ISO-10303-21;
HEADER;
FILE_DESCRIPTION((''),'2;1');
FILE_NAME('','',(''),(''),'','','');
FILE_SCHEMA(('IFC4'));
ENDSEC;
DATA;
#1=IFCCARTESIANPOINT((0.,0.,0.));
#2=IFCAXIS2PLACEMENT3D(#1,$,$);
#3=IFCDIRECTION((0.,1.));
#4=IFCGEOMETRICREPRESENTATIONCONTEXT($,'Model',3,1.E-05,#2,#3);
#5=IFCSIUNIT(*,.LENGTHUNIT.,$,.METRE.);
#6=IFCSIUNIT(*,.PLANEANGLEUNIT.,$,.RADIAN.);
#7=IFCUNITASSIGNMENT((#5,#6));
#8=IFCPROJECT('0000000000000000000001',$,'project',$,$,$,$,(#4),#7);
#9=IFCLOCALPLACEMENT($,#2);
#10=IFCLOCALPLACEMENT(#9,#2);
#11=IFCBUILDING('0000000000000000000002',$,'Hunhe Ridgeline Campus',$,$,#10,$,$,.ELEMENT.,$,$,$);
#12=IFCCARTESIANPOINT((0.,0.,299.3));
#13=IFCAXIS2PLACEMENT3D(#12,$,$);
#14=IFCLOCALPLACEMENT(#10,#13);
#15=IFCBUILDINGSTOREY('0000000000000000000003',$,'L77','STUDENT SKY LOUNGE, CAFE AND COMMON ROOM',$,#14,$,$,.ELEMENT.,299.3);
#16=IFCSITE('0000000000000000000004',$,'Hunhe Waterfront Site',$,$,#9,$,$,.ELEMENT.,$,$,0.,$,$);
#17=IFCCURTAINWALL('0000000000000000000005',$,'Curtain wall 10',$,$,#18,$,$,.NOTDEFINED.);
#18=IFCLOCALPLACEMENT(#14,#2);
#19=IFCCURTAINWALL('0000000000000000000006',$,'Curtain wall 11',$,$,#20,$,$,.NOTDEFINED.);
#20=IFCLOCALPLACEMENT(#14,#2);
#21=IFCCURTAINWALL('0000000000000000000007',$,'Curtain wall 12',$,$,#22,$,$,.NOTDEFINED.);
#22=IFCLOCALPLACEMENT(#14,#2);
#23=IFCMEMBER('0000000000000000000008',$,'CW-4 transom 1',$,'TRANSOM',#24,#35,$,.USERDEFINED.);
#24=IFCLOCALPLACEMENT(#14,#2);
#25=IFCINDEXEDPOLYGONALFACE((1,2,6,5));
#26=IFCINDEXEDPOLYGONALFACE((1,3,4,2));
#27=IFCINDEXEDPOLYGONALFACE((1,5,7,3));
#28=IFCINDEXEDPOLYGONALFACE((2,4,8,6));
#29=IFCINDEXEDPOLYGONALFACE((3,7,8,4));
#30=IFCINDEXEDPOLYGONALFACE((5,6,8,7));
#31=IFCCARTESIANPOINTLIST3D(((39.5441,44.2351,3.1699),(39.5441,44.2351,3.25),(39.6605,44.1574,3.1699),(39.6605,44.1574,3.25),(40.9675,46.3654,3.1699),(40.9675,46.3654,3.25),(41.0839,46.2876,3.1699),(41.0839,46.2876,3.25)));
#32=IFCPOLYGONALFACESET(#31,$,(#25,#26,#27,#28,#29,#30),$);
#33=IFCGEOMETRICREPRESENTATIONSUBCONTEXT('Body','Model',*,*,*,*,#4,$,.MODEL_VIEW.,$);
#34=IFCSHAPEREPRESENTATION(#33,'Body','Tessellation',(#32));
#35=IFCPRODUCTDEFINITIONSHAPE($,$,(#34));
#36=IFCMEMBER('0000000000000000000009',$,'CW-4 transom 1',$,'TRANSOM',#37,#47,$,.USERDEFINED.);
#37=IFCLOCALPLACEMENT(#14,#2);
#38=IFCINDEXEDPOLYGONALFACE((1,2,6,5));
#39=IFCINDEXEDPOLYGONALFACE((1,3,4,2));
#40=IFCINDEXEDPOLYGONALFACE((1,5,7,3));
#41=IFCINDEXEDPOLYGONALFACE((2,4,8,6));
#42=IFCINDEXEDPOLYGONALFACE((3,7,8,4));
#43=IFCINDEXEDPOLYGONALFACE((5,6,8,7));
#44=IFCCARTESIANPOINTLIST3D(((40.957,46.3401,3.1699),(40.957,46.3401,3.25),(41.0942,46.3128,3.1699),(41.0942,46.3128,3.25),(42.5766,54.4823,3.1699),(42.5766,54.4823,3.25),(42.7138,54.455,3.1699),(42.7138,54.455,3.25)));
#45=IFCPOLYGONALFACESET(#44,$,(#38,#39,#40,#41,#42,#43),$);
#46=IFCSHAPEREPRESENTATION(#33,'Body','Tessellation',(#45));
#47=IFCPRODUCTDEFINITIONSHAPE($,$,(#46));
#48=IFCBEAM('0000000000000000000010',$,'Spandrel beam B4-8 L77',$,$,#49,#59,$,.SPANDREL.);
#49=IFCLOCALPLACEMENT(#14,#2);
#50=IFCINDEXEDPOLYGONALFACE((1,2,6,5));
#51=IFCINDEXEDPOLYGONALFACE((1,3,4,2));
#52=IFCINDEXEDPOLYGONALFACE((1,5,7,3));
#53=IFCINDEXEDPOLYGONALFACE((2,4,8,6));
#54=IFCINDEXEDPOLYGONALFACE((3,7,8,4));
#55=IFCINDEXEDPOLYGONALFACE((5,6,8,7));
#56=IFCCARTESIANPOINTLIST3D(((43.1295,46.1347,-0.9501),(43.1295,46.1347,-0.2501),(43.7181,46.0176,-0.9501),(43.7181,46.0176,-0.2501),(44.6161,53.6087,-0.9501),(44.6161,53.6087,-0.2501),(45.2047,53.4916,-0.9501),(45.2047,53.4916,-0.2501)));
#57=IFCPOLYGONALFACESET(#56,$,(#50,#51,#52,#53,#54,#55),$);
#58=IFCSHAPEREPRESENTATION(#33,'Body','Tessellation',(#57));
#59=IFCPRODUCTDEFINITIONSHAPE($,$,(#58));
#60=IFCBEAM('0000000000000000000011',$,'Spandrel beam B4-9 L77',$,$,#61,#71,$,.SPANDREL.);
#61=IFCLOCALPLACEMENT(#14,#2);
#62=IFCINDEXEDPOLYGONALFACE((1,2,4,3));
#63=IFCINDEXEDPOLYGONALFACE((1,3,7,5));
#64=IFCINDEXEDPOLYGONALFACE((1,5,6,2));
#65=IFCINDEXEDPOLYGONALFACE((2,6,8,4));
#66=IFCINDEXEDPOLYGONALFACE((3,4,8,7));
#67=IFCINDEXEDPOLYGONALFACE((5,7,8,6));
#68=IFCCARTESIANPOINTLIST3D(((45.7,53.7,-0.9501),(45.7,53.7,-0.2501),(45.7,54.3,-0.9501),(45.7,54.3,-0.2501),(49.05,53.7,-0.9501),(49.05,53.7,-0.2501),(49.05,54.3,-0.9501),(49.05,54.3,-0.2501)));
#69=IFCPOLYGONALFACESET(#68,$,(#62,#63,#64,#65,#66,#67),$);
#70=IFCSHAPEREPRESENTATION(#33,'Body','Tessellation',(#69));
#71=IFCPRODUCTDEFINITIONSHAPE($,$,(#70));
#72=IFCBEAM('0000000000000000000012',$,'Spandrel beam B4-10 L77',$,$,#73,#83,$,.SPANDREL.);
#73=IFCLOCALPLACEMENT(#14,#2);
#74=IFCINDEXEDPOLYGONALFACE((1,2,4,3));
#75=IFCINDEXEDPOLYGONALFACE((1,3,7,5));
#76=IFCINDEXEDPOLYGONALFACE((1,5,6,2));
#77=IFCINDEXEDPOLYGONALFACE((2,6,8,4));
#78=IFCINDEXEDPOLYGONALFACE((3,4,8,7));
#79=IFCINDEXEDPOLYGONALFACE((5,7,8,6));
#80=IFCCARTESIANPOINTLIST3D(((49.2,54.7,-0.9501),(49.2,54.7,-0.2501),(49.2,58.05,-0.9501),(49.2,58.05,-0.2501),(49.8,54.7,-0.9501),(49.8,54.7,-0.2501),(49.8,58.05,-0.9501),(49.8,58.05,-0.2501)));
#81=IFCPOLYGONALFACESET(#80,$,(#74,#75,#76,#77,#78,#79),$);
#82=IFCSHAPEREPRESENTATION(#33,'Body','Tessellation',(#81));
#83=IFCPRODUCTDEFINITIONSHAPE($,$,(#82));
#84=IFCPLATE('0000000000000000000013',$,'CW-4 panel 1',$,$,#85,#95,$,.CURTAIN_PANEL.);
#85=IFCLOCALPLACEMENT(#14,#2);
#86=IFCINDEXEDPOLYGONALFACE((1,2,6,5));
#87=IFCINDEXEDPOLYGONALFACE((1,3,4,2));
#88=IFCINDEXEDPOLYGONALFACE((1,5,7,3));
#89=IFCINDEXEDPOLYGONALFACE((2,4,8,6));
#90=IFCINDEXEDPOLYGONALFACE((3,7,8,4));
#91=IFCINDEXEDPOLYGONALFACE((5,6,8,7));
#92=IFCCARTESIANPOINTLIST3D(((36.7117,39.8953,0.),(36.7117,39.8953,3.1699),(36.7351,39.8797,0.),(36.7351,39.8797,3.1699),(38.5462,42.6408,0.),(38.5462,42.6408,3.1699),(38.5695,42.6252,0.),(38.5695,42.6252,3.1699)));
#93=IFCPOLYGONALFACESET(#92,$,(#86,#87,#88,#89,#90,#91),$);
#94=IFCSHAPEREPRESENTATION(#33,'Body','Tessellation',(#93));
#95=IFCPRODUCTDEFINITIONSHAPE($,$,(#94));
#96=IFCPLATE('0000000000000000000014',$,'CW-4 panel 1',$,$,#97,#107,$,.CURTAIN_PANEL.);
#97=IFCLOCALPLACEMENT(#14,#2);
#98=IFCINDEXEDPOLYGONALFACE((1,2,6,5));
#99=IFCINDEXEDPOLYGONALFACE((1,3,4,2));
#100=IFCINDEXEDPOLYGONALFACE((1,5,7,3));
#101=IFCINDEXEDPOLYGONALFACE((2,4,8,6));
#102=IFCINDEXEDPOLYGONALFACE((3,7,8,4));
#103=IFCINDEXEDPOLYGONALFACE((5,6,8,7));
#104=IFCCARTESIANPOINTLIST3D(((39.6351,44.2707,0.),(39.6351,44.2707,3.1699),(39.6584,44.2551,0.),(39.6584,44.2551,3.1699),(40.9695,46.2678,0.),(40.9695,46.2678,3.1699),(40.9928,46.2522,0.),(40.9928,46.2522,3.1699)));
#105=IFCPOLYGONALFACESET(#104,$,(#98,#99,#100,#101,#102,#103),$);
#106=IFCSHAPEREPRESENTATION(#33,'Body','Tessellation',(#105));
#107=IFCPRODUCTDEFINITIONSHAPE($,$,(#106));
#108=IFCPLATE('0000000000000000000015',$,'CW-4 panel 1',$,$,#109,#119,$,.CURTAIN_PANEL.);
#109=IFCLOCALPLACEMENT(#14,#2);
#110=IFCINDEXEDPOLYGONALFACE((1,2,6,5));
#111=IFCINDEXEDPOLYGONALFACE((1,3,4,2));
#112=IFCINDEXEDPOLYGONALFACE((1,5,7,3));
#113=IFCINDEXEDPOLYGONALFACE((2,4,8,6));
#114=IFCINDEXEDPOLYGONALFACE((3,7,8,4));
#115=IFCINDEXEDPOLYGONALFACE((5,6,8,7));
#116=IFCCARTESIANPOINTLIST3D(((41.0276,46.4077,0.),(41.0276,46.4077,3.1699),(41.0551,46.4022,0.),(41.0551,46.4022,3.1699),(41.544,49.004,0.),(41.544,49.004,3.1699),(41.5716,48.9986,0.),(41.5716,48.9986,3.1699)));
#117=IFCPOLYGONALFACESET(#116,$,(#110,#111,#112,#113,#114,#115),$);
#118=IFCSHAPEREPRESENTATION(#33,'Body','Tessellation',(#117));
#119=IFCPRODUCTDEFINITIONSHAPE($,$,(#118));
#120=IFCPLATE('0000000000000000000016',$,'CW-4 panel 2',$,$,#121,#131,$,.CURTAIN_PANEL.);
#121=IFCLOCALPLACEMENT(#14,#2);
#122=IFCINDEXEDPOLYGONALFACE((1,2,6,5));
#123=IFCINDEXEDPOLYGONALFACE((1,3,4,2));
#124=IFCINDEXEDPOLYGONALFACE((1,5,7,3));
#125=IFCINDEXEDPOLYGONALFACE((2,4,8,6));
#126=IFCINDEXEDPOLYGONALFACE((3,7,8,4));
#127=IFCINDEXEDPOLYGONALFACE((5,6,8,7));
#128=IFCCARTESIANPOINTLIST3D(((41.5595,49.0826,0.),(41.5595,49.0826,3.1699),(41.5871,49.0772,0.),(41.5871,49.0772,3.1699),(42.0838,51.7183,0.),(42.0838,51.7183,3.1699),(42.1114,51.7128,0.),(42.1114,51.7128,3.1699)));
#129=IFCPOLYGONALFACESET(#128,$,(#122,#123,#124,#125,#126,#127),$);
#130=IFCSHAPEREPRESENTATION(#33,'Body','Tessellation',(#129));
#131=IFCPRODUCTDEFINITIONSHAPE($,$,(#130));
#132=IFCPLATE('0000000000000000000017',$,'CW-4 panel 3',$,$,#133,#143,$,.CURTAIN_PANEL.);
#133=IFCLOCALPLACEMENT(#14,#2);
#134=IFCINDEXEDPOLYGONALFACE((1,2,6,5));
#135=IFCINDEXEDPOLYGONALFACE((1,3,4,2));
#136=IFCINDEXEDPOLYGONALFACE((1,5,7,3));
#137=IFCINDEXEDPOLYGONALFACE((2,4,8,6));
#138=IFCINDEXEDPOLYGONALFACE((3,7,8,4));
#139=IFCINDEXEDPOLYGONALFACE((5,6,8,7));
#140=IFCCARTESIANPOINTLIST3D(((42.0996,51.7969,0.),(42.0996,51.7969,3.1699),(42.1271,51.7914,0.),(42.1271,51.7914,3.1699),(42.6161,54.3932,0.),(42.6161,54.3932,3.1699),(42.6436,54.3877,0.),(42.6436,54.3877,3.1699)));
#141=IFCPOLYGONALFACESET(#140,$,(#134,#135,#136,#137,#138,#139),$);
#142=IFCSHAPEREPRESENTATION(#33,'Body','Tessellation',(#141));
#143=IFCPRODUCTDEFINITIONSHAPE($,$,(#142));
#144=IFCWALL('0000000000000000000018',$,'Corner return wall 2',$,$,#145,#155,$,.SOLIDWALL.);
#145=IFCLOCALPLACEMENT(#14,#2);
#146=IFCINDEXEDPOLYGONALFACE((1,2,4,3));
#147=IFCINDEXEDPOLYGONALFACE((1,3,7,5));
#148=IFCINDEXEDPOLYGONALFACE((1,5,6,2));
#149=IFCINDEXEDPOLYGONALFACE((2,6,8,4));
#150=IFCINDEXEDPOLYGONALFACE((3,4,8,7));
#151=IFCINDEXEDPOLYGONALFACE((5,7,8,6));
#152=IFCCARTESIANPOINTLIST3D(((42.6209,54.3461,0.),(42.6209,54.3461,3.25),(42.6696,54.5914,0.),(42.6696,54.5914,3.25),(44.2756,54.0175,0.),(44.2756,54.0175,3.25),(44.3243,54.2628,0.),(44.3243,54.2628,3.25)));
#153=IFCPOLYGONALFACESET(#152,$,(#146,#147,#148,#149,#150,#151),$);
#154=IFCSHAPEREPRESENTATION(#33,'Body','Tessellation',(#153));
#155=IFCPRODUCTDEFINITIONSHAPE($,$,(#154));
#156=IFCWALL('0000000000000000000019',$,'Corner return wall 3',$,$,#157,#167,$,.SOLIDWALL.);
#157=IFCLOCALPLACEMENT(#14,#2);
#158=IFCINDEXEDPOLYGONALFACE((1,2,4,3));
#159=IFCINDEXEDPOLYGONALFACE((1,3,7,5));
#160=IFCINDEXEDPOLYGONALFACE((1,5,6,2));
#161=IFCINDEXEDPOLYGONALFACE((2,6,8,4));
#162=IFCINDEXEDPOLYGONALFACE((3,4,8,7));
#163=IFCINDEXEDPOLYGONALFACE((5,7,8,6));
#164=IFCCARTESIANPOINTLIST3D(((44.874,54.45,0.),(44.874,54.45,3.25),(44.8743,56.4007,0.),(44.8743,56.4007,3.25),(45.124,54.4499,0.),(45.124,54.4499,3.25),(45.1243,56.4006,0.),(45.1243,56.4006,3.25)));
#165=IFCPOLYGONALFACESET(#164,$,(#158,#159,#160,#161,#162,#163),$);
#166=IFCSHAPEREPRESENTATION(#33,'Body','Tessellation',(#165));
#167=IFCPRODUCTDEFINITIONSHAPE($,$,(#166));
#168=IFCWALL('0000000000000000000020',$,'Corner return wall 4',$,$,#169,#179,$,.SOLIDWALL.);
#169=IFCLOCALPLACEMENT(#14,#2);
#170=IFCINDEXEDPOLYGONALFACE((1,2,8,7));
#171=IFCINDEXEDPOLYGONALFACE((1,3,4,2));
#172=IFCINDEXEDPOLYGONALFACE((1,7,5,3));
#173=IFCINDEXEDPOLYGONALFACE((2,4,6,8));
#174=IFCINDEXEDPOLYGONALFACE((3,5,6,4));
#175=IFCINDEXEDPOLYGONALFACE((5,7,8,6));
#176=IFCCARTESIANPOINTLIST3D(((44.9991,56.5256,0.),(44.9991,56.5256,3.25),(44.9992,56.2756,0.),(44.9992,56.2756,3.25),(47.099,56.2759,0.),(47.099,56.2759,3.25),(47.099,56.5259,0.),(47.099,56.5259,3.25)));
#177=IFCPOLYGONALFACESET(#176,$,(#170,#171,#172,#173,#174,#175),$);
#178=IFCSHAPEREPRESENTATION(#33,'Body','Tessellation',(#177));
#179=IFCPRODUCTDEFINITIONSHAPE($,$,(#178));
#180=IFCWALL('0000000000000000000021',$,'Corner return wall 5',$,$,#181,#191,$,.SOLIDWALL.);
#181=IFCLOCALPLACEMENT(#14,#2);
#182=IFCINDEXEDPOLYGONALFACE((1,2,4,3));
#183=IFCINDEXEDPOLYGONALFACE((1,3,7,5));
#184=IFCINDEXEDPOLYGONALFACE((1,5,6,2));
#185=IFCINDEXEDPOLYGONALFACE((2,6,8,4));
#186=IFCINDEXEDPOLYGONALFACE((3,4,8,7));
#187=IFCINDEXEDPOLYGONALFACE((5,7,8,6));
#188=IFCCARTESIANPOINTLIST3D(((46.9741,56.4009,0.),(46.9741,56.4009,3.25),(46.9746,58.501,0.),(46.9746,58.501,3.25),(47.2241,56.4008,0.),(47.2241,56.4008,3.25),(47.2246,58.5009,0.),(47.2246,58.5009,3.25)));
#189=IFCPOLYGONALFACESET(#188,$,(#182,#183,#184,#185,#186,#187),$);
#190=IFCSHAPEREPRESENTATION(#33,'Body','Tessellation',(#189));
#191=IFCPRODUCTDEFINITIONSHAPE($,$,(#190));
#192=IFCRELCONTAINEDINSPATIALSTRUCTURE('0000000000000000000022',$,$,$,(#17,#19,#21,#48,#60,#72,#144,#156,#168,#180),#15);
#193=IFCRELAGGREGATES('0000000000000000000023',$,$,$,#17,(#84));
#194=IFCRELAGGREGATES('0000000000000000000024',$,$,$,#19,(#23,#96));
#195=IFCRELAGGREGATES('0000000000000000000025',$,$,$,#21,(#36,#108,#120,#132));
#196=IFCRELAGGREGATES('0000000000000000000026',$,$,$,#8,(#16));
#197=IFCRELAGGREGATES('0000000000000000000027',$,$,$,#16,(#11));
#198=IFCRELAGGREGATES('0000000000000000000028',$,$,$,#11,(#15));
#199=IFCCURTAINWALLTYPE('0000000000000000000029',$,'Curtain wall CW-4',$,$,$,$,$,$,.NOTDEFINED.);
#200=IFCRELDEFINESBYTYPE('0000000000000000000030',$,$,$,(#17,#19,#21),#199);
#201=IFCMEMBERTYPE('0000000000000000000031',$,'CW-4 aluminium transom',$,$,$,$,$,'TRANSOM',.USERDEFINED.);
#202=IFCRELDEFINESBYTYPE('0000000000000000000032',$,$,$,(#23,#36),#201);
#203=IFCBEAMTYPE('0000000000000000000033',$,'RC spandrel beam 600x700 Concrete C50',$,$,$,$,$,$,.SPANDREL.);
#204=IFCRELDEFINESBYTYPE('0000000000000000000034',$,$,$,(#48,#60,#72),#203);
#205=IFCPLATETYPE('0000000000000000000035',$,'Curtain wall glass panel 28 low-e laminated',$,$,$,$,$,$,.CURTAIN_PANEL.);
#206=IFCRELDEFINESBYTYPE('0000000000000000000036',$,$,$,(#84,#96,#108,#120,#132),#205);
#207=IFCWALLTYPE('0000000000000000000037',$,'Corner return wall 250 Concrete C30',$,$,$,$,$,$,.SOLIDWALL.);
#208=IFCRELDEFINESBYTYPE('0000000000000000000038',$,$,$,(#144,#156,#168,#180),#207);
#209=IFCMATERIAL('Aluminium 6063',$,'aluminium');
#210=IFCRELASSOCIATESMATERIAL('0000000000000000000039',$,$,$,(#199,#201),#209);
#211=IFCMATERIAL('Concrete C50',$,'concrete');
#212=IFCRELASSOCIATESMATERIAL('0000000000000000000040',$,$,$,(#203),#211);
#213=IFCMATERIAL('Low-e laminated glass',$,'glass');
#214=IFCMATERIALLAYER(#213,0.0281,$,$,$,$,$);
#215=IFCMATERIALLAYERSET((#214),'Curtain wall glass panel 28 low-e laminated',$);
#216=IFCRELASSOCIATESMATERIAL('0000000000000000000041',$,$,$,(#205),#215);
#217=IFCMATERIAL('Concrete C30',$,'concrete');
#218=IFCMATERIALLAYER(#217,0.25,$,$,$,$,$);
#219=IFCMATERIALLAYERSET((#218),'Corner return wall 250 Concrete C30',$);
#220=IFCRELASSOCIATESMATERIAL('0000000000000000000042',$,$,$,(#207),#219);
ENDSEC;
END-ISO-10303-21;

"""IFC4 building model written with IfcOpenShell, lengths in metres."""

from ifc_helpers import new_model, si_unit, direction, frame, frame_2d, origin, origin_2d, place, context, subcontext, project, spatial, rectangle, extrude, material, layer, layer_set, material_profile, profile_set, type_object, element, aggregate, save


model = new_model("IFC4")

# Units and contexts
model_context = context("Model", 3, precision=1e-05, world=origin(), true_north=direction((0.0, 1.0)))
body_context = subcontext(model_context, "Body", "Model", "MODEL_VIEW")
ifc_project = project(units=[si_unit("LENGTHUNIT", "METRE"), si_unit("PLANEANGLEUNIT", "RADIAN")], contexts=[model_context])

# Site, building, storey
site_placement = place(None, origin())
site = spatial("IfcSite", under=ifc_project, at=site_placement, Name="Hunhe Waterfront Site", CompositionType="ELEMENT", RefElevation=0.0)
building_placement = place(site_placement, origin())
building = spatial("IfcBuilding", under=site, at=building_placement, Name="Hunhe Ridgeline Campus", CompositionType="ELEMENT")
storey_placement = place(building_placement, frame((0.0, 0.0, 299.3)))
storey = spatial("IfcBuildingStorey", under=building, at=storey_placement, Name="L77", Description="STUDENT SKY LOUNGE, CAFE AND COMMON ROOM", CompositionType="ELEMENT", Elevation=299.3)

# Shared definitions
ifc_material_1 = material(Name="Concrete C50", Category="concrete")

# Curtain walls
ifc_material_2 = material(Name="Aluminium 6063", Category="aluminium")
curtain_wall_type = type_object("IfcCurtainWallType", Name="Curtain wall CW-4", PredefinedType="NOTDEFINED", material=ifc_material_2)
curtain_wall_1_placement = place(storey_placement, origin())
curtain_wall_1 = element("IfcCurtainWall", 1, at=curtain_wall_1_placement, inside=storey, type_object=curtain_wall_type, Name="Curtain wall 10", PredefinedType="NOTDEFINED")
curtain_wall_2_placement = place(storey_placement, origin())
curtain_wall_2 = element("IfcCurtainWall", 2, at=curtain_wall_2_placement, inside=storey, type_object=curtain_wall_type, Name="Curtain wall 11", PredefinedType="NOTDEFINED")
curtain_wall_3_placement = place(storey_placement, origin())
curtain_wall_3 = element("IfcCurtainWall", 3, at=curtain_wall_3_placement, inside=storey, type_object=curtain_wall_type, Name="Curtain wall 12", PredefinedType="NOTDEFINED")

# Members
ifc_material_profile_1 = material_profile(ifc_material_2, rectangle(XDim=0.1399, YDim=0.0801, at=origin_2d()))
ifc_profile_set_1 = profile_set([ifc_material_profile_1], Name="Aluminium 6063")
member_type_1 = type_object("IfcMemberType", Name="CW-4 aluminium transom", ElementType="TRANSOM", PredefinedType="USERDEFINED", material=ifc_profile_set_1)
member_1_placement = place(storey_placement, frame((39.6023, 44.1963, 3.21), z_axis=(0.55558, 0.831463, 0.0), x_axis=(-0.831463, 0.55558, 0.0)))
member_1 = element("IfcMember", 4, at=member_1_placement, type_object=member_type_1, Name="CW-4 transom 1", ObjectType="TRANSOM", PredefinedType="USERDEFINED", context=body_context, shape_type="SweptSolid", body=[
    extrude(rectangle(XDim=0.1399, YDim=0.0801, at=origin_2d()), origin(), (0.0, 0.0, 1.0), 2.562),
])
member_2_placement = place(storey_placement, frame((41.0256, 46.3264, 3.21), z_axis=(0.195092, 0.980785, 0.0), x_axis=(-0.980785, 0.195092, 0.0)))
member_2 = element("IfcMember", 5, at=member_2_placement, type_object=member_type_1, Name="CW-4 transom 1", ObjectType="TRANSOM", PredefinedType="USERDEFINED", context=body_context, shape_type="SweptSolid", body=[
    extrude(rectangle(XDim=0.1399, YDim=0.0801, at=origin_2d()), origin(), (0.0, 0.0, 1.0), 8.3018),
])

# Beams
ifc_material_profile_2 = material_profile(ifc_material_1, rectangle(XDim=0.6001, YDim=0.7, at=origin_2d()))
ifc_profile_set_2 = profile_set([ifc_material_profile_2], Name="Concrete C50")
beam_type = type_object("IfcBeamType", Name="RC spandrel beam 600x700 Concrete C50", PredefinedType="SPANDREL", material=ifc_profile_set_2)
beam_placement = place(storey_placement, frame((43.4238, 46.0762, -0.6001), z_axis=(0.195081, 0.980787, 0.0), x_axis=(-0.980787, 0.195081, 0.0)))
element("IfcBeam", 6, at=beam_placement, inside=storey, type_object=beam_type, Name="Spandrel beam B4-8 L77", PredefinedType="SPANDREL", context=body_context, shape_type="SweptSolid", body=[
    extrude(rectangle(XDim=0.6001, YDim=0.7, at=origin_2d()), origin(), (0.0, 0.0, 1.0), 7.6204),
])
for number, where, z_axis, x_axis, name in (
    (7, (45.7, 54.0, -0.6001), (1.0, 0.0, 0.0), (0.0, 1.0, 0.0), "Spandrel beam B4-9 L77"),
    (8, (49.5, 54.7, -0.6001), (0.0, 1.0, 0.0), (-1.0, 0.0, 0.0), "Spandrel beam B4-10 L77"),
):
    element("IfcBeam", number, at=place(storey_placement, frame(where, z_axis=z_axis, x_axis=x_axis)), inside=storey, type_object=beam_type, Name=name, PredefinedType="SPANDREL", context=body_context, shape_type="SweptSolid", body=[
        extrude(rectangle(XDim=0.6001, YDim=0.7, at=origin_2d()), origin(), (0.0, 0.0, 1.0), 3.3501),
    ])

# Plates
ifc_material_3 = material(Name="Low-e laminated glass", Category="glass")
ifc_layer_1 = layer(ifc_material_3, 0.0281)
ifc_layer_set_1 = layer_set([ifc_layer_1], Name="Curtain wall glass panel 28 low-e laminated")
plate_type = type_object("IfcPlateType", Name="Curtain wall glass panel 28 low-e laminated", PredefinedType="CURTAIN_PANEL", material=ifc_layer_set_1)
plate_1_placement = place(storey_placement, frame((37.6406, 41.2603, 0.0), z_axis=(0.0, 0.0, 1.0), x_axis=(0.55557, 0.83147, 0.0)))
plate_1 = element("IfcPlate", 9, at=plate_1_placement, type_object=plate_type, Name="CW-4 panel 1", PredefinedType="CURTAIN_PANEL", context=body_context, shape_type="SweptSolid", body=[
    extrude(rectangle(XDim=3.302, YDim=0.0281, at=origin_2d()), origin(), (0.0, 0.0, 1.0), 3.1699),
])
aggregate(curtain_wall_1, [plate_1])
plate_2_placement = place(storey_placement, frame((40.314, 45.2615, 0.0), z_axis=(0.0, 0.0, 1.0), x_axis=(0.55557, 0.83147, 0.0)))
plate_2 = element("IfcPlate", 10, at=plate_2_placement, type_object=plate_type, Name="CW-4 panel 1", PredefinedType="CURTAIN_PANEL", context=body_context, shape_type="SweptSolid", body=[
    extrude(rectangle(XDim=2.4019, YDim=0.0281, at=origin_2d()), origin(), (0.0, 0.0, 1.0), 3.1699),
])
aggregate(curtain_wall_2, [member_1, plate_2])
plate_3_placement = place(storey_placement, frame((41.2996, 47.7031, 0.0), z_axis=(0.0, 0.0, 1.0), x_axis=(0.195104, 0.980783, 0.0)))
plate_3 = element("IfcPlate", 11, at=plate_3_placement, type_object=plate_type, Name="CW-4 panel 1", PredefinedType="CURTAIN_PANEL", context=body_context, shape_type="SweptSolid", body=[
    extrude(rectangle(XDim=2.6472, YDim=0.0281, at=origin_2d()), origin(), (0.0, 0.0, 1.0), 3.1699),
])
plate_4_placement = place(storey_placement, frame((41.8354, 50.3977, 0.0), z_axis=(0.0, 0.0, 1.0), x_axis=(0.195104, 0.980783, 0.0)))
plate_4 = element("IfcPlate", 12, at=plate_4_placement, type_object=plate_type, Name="CW-4 panel 2", PredefinedType="CURTAIN_PANEL", context=body_context, shape_type="SweptSolid", body=[
    extrude(rectangle(XDim=2.6873, YDim=0.0281, at=origin_2d()), origin(), (0.0, 0.0, 1.0), 3.1699),
])
plate_5_placement = place(storey_placement, frame((42.3716, 53.0923, 0.0), z_axis=(0.0, 0.0, 1.0), x_axis=(0.195104, 0.980783, 0.0)))
plate_5 = element("IfcPlate", 13, at=plate_5_placement, type_object=plate_type, Name="CW-4 panel 3", PredefinedType="CURTAIN_PANEL", context=body_context, shape_type="SweptSolid", body=[
    extrude(rectangle(XDim=2.6472, YDim=0.0281, at=origin_2d()), origin(), (0.0, 0.0, 1.0), 3.1699),
])
aggregate(curtain_wall_3, [member_2, plate_3, plate_4, plate_5])

# Walls
ifc_material_4 = material(Name="Concrete C30", Category="concrete")
ifc_layer_2 = layer(ifc_material_4, 0.25)
ifc_layer_set_2 = layer_set([ifc_layer_2], Name="Corner return wall 250 Concrete C30")
wall_type_1 = type_object("IfcWallType", Name="Corner return wall 250 Concrete C30", PredefinedType="SOLIDWALL", material=ifc_layer_set_2)
wall_1_placement = place(storey_placement, frame((42.6453, 54.4688, 0.0), z_axis=(0.0, 0.0, 1.0), x_axis=(0.980847, -0.19478, 0.0)))
element("IfcWall", 14, at=wall_1_placement, inside=storey, type_object=wall_type_1, Name="Corner return wall 2", PredefinedType="SOLIDWALL", context=body_context, shape_type="SweptSolid", body=[
    extrude(rectangle(XDim=1.687, YDim=0.25, at=frame_2d((0.8435, 0.0))), origin(), (0.0, 0.0, 1.0), 3.25),
])
wall_2_placement = place(storey_placement, frame((44.999, 54.45, 0.0), z_axis=(0.0, 0.0, 1.0), x_axis=(0.000125, 1.0, 0.0)))
element("IfcWall", 15, at=wall_2_placement, inside=storey, type_object=wall_type_1, Name="Corner return wall 3", PredefinedType="SOLIDWALL", context=body_context, shape_type="SweptSolid", body=[
    extrude(rectangle(XDim=1.9507, YDim=0.25, at=frame_2d((0.9753, 0.0))), origin(), (0.0, 0.0, 1.0), 3.25),
])
wall_3_placement = place(storey_placement, frame((44.9993, 56.4006, 0.0), z_axis=(0.0, 0.0, 1.0), x_axis=(1.0, 0.000116, 0.0)))
element("IfcWall", 16, at=wall_3_placement, inside=storey, type_object=wall_type_1, Name="Corner return wall 4", PredefinedType="SOLIDWALL", context=body_context, shape_type="SweptSolid", body=[
    extrude(rectangle(XDim=2.0999, YDim=0.25, at=frame_2d((1.0498, 0.0))), origin(), (0.0, 0.0, 1.0), 3.25),
])
wall_4_placement = place(storey_placement, frame((47.0991, 56.4009, 0.0), z_axis=(0.0, 0.0, 1.0), x_axis=(0.000233, 1.0, 0.0)))
element("IfcWall", 17, at=wall_4_placement, inside=storey, type_object=wall_type_1, Name="Corner return wall 5", PredefinedType="SOLIDWALL", context=body_context, shape_type="SweptSolid", body=[
    extrude(rectangle(XDim=2.1001, YDim=0.25, at=frame_2d((1.05, 0.0))), origin(), (0.0, 0.0, 1.0), 3.25),
])

save(model, "model.ifc")
